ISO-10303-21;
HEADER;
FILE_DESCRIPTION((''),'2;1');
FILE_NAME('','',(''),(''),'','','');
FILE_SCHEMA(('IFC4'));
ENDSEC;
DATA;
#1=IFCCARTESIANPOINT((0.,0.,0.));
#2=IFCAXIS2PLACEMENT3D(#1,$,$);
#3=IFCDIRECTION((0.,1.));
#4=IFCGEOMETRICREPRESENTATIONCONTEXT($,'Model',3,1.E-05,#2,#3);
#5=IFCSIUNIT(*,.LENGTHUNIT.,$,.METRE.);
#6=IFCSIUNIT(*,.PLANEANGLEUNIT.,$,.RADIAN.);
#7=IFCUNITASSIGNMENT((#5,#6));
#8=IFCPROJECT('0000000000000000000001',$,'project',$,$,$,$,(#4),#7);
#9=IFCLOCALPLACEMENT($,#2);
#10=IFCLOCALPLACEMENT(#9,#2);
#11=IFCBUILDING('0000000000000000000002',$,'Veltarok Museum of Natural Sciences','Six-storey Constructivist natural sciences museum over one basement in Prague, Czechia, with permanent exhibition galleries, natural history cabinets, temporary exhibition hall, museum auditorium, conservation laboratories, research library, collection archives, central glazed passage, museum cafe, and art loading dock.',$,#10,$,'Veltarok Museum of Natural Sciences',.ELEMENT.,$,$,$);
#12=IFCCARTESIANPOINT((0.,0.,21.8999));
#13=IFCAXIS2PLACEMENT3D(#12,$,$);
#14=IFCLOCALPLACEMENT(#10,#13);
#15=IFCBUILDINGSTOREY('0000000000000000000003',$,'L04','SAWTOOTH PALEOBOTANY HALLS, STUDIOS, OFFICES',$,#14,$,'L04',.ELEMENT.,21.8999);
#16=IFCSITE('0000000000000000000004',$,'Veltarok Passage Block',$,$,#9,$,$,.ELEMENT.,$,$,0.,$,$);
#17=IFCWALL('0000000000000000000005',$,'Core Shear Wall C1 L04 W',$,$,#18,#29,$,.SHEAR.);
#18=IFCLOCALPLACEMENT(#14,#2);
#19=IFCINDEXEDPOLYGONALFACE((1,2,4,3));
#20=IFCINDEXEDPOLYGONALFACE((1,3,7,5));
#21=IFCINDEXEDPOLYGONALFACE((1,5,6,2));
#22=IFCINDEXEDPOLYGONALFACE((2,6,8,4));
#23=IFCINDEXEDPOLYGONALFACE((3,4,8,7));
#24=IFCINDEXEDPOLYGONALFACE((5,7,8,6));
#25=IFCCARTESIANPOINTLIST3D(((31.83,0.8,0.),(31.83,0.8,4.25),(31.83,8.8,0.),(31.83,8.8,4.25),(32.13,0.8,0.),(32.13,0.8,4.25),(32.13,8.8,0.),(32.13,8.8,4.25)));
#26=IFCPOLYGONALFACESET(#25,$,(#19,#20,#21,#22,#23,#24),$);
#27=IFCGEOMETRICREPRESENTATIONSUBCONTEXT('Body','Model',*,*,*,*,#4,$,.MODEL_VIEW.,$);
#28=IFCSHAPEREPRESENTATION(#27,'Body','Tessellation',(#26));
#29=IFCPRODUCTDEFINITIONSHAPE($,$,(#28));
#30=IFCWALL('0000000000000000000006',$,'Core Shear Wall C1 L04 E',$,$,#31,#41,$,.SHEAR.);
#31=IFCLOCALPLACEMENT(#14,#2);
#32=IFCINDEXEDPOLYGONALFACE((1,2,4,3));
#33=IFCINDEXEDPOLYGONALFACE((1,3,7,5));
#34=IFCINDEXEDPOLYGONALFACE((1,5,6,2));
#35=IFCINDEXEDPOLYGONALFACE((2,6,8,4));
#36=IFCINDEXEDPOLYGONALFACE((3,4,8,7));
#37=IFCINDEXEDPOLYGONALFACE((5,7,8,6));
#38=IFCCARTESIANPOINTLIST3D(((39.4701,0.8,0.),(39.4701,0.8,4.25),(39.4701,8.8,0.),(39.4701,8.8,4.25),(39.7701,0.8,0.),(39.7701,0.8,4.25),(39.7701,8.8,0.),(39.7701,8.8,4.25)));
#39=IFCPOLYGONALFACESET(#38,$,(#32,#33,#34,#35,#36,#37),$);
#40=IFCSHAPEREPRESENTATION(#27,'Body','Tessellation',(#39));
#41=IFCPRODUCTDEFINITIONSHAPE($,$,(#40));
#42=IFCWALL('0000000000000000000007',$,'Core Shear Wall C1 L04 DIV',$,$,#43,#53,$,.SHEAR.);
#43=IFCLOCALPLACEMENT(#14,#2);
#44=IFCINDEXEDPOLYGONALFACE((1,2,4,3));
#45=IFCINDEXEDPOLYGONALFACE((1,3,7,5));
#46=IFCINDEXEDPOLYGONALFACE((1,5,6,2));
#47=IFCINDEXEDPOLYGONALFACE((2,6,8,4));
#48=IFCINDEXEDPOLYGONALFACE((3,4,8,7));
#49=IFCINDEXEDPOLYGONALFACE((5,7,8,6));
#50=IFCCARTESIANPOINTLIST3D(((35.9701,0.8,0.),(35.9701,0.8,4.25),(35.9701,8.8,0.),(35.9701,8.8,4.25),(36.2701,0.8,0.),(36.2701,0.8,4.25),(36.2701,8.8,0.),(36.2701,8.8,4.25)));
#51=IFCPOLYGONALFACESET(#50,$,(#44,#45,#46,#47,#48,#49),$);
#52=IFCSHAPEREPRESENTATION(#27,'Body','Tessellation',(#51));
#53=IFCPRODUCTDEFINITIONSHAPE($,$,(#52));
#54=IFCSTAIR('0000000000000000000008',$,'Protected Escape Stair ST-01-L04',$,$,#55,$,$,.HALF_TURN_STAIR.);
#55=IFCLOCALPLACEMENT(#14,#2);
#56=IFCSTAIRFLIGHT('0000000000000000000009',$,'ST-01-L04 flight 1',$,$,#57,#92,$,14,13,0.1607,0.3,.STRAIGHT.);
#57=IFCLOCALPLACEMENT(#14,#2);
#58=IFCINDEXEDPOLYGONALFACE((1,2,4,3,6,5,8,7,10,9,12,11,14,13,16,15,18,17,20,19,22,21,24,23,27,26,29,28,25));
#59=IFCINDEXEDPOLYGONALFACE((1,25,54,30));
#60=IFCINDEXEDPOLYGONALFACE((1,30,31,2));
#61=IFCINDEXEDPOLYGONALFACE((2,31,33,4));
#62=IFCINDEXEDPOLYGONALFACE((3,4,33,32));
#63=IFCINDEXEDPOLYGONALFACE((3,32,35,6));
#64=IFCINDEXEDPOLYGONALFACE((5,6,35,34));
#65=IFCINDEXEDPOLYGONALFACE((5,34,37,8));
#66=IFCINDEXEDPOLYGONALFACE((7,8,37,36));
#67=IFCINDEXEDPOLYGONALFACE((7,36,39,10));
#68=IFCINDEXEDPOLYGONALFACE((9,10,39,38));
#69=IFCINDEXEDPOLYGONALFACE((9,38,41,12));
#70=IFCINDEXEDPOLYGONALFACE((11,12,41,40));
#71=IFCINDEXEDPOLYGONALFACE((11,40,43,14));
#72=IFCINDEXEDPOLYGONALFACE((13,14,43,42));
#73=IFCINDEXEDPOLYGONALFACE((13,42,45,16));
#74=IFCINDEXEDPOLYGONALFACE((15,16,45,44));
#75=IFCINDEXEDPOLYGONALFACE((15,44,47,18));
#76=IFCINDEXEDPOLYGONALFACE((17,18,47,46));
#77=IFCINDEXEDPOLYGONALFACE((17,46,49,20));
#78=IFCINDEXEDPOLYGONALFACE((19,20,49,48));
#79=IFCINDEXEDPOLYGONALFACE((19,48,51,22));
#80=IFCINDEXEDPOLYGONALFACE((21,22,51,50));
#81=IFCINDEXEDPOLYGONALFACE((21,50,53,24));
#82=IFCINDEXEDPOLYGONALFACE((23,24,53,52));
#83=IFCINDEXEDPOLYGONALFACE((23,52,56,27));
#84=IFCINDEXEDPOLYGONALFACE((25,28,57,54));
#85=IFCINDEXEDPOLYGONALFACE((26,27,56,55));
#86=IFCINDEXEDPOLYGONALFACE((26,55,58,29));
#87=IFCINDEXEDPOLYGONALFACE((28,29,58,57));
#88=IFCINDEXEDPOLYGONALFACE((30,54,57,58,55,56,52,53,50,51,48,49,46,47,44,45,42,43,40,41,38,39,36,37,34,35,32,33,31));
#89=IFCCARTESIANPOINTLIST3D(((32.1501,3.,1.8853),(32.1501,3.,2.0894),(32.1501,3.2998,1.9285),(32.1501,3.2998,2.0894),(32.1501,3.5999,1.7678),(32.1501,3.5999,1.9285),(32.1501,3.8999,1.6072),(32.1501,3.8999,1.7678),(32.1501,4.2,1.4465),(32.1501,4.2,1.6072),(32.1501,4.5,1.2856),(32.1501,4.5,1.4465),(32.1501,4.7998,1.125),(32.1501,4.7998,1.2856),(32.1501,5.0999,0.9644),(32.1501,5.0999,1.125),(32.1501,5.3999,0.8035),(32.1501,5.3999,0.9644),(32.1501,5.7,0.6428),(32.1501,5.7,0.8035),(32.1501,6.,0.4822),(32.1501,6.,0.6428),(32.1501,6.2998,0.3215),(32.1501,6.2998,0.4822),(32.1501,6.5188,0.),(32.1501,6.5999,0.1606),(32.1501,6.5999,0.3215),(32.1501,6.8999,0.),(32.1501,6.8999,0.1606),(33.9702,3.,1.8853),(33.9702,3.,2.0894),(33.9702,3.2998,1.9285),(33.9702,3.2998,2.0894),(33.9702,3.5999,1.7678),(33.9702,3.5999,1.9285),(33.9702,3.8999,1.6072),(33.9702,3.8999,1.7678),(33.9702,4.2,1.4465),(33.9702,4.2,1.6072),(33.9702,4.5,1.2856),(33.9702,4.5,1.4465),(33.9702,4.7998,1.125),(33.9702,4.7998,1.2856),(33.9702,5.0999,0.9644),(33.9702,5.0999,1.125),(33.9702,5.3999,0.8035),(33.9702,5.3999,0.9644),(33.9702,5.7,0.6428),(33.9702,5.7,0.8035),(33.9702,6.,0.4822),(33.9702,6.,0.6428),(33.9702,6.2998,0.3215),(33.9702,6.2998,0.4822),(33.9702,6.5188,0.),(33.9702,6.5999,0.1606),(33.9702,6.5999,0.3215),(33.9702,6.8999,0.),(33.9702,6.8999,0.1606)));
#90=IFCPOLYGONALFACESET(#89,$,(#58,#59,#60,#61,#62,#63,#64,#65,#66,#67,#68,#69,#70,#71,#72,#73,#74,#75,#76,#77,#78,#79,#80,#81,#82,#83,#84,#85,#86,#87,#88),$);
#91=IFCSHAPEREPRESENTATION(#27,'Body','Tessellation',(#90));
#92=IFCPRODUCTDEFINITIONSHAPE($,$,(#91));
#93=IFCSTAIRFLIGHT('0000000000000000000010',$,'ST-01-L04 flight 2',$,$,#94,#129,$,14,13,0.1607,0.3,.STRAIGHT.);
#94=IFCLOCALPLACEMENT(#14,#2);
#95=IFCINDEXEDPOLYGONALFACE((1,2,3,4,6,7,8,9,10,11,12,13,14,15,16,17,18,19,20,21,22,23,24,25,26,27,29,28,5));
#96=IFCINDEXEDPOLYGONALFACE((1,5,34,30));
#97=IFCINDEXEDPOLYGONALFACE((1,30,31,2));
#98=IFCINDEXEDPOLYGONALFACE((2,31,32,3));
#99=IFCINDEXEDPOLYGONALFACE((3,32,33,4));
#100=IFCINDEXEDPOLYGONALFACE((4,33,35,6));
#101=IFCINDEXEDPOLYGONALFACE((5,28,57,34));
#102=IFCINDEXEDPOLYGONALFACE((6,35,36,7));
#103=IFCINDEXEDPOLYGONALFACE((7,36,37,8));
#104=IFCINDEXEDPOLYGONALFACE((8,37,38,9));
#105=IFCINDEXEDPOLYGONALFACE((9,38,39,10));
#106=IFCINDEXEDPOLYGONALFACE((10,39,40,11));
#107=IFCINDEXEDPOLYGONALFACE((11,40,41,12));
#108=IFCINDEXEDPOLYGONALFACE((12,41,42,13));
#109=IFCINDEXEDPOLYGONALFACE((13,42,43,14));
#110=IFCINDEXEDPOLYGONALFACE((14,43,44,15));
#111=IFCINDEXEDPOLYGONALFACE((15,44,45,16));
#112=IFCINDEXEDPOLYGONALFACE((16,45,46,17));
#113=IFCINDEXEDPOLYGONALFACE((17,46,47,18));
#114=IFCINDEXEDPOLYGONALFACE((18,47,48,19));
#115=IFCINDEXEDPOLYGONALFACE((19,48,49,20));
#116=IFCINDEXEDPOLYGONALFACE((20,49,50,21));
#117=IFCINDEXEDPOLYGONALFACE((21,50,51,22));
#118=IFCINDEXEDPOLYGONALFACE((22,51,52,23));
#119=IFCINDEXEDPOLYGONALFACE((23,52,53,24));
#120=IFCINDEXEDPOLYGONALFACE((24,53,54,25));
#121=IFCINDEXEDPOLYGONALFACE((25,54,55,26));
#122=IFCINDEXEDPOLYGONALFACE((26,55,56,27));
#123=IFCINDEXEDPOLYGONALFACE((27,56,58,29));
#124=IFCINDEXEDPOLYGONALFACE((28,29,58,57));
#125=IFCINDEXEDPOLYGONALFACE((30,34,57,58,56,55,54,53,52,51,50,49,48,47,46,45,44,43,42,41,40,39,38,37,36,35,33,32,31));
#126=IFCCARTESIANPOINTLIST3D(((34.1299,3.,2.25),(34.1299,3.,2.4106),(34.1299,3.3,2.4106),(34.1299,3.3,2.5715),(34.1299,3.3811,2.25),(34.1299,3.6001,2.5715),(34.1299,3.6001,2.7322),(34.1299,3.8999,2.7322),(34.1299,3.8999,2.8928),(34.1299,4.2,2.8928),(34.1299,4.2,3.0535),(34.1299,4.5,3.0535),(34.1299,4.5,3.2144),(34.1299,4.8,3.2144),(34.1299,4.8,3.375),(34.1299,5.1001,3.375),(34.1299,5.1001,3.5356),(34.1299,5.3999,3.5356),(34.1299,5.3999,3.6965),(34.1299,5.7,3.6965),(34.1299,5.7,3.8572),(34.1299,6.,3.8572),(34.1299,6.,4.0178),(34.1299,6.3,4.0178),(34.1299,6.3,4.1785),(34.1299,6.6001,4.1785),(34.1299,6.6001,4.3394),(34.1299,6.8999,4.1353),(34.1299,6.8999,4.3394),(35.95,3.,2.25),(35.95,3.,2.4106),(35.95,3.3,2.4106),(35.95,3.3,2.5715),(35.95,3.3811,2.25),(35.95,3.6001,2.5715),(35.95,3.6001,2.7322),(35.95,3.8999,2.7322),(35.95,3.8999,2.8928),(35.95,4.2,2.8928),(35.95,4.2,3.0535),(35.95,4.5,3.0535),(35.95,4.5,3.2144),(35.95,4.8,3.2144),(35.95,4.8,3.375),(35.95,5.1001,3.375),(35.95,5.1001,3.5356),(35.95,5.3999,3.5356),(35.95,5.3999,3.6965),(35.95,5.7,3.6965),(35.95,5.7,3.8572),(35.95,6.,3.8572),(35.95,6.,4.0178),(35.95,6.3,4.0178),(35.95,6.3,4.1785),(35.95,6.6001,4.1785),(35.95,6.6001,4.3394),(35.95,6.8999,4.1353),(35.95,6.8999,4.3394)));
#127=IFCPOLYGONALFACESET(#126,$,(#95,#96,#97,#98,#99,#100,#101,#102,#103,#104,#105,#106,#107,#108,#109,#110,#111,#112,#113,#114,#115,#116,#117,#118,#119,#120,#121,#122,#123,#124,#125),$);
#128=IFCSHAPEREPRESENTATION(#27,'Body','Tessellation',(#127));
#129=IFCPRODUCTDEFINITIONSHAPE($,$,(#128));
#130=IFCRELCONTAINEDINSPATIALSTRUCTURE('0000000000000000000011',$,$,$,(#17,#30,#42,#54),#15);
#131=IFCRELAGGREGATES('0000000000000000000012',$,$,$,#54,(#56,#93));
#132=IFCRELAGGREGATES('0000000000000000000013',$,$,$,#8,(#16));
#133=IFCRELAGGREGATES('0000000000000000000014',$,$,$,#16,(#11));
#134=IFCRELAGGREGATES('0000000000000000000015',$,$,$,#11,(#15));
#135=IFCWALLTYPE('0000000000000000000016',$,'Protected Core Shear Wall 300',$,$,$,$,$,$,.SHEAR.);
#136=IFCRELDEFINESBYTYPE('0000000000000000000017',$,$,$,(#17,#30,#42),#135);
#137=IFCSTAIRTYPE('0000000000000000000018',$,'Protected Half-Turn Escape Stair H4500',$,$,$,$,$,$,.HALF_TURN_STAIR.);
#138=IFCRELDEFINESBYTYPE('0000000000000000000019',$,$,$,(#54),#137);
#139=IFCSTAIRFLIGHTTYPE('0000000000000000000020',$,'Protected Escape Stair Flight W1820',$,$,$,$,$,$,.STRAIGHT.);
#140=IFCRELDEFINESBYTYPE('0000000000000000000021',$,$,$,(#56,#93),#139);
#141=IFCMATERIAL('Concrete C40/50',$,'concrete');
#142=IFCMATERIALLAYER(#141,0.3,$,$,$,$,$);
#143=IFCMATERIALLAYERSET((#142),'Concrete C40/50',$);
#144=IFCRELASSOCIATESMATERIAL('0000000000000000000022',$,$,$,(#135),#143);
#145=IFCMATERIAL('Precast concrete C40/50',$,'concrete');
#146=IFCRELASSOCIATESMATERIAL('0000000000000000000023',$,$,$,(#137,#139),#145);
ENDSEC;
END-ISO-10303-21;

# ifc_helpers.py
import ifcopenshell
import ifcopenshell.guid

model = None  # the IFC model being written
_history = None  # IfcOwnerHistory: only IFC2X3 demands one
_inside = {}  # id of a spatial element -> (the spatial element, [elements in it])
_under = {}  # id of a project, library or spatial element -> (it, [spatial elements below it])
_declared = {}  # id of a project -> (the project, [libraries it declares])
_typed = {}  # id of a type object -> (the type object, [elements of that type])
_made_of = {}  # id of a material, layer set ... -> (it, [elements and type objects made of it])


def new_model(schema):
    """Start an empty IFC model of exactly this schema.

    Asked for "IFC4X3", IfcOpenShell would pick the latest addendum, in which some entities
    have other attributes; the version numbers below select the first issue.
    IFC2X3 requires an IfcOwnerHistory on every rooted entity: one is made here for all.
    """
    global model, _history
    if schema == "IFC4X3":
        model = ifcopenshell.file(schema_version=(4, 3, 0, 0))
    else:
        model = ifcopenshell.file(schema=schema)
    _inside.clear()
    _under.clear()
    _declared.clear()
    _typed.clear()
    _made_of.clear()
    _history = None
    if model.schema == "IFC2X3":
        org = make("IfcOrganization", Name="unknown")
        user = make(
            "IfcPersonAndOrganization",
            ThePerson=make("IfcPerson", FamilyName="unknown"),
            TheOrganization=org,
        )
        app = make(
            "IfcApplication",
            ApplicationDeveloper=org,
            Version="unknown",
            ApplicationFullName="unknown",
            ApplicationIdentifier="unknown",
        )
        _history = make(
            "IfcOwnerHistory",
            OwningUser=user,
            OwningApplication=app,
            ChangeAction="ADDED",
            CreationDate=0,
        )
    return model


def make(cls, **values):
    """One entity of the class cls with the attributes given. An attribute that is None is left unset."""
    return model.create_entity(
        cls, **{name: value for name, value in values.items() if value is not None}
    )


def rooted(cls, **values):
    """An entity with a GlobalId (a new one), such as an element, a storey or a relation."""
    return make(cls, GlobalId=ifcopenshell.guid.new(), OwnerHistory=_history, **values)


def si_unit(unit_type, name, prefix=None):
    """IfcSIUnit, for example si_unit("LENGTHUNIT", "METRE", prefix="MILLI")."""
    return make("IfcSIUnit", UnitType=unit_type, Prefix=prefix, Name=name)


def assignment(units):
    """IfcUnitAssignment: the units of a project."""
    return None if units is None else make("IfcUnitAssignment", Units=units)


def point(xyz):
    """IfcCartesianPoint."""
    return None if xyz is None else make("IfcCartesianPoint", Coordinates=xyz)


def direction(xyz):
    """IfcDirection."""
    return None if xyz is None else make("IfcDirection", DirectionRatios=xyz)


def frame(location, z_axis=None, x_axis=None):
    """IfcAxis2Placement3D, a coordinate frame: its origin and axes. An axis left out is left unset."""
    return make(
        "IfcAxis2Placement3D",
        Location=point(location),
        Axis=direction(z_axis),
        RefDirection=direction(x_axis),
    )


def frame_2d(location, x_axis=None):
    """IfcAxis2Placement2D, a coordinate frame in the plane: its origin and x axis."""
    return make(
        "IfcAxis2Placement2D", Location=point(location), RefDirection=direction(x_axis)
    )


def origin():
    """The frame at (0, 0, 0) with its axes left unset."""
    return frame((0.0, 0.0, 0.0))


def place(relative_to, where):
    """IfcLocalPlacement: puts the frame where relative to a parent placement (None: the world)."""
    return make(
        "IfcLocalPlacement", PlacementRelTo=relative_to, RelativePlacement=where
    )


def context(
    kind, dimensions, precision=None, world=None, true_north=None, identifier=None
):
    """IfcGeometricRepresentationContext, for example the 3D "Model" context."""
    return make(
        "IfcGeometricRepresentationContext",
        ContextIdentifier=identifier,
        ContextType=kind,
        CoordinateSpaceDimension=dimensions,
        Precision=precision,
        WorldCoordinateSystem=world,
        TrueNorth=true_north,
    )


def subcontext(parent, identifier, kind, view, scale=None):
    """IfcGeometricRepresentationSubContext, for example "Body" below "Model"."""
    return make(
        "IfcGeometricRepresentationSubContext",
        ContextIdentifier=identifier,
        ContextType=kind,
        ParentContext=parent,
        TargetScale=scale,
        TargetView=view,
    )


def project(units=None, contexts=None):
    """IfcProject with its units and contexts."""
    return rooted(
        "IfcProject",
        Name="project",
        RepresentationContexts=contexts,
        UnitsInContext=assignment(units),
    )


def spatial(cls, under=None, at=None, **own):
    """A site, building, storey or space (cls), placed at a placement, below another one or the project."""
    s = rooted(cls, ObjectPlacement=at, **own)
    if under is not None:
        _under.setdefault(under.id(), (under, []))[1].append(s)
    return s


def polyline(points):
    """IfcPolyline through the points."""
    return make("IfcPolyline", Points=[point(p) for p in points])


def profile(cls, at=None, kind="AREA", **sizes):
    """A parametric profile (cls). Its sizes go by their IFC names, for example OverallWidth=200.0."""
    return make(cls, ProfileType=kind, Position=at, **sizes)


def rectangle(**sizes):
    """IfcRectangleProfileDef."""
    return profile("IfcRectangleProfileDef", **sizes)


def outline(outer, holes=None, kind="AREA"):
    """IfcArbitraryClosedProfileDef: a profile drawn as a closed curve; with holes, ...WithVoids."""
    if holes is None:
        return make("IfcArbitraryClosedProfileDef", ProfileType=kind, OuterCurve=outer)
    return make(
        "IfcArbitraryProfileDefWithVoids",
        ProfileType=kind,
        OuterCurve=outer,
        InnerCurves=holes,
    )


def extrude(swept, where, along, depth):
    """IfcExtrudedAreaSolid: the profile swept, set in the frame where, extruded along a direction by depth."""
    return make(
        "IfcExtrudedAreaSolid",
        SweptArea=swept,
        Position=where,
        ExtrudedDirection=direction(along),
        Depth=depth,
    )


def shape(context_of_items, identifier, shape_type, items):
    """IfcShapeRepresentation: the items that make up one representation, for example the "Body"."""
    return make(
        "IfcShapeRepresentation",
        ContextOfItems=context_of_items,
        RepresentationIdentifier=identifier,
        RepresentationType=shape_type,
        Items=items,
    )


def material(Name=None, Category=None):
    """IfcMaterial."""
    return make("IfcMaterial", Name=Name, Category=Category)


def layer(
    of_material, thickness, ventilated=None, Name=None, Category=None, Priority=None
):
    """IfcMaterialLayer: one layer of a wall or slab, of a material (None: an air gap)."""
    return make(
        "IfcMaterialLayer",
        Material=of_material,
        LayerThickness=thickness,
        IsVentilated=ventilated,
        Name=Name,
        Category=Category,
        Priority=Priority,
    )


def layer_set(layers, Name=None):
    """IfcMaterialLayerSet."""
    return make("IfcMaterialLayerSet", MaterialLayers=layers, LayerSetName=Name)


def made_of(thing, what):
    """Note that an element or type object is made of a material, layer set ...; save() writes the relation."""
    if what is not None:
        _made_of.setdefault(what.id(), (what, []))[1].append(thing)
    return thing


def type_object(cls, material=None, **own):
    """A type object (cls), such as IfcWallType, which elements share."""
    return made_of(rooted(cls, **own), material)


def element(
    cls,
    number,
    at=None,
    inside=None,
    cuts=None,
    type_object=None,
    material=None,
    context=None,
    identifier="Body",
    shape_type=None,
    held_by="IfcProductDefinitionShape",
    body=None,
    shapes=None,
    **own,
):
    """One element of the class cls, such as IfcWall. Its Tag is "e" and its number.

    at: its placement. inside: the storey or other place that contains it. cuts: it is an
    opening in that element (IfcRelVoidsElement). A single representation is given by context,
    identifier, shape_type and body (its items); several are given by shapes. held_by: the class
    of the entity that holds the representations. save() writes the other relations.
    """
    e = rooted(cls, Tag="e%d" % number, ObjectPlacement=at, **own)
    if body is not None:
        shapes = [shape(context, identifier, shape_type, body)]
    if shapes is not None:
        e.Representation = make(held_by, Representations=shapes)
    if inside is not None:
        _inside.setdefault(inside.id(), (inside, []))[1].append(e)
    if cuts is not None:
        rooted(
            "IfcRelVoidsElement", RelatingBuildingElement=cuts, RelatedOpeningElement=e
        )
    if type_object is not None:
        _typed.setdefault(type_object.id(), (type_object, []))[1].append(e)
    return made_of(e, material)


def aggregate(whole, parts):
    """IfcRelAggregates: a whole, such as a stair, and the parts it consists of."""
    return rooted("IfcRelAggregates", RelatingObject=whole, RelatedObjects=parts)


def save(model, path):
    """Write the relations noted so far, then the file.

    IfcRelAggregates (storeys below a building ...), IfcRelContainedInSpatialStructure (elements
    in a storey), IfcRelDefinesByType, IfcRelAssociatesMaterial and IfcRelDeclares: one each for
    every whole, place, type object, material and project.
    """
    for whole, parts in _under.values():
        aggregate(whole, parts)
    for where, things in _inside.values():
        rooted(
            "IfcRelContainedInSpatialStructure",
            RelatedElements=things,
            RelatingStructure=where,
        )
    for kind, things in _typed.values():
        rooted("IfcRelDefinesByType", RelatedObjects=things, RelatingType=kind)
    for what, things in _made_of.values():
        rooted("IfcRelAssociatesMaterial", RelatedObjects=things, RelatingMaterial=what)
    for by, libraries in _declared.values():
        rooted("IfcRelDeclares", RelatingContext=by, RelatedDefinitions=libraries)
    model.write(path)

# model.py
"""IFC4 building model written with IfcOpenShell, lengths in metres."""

from ifc_helpers import new_model, si_unit, direction, frame, frame_2d, origin, place, context, subcontext, project, spatial, polyline, rectangle, outline, extrude, material, layer, layer_set, type_object, element, aggregate, save


model = new_model("IFC4")

# Units and contexts
model_context = context("Model", 3, precision=1e-05, world=origin(), true_north=direction((0.0, 1.0)))
body_context = subcontext(model_context, "Body", "Model", "MODEL_VIEW")
ifc_project = project(units=[si_unit("LENGTHUNIT", "METRE"), si_unit("PLANEANGLEUNIT", "RADIAN")], contexts=[model_context])

# Site, building, storey
site_placement = place(None, origin())
site = spatial("IfcSite", under=ifc_project, at=site_placement, Name="Veltarok Passage Block", CompositionType="ELEMENT", RefElevation=0.0)
building_placement = place(site_placement, origin())
building = spatial("IfcBuilding", under=site, at=building_placement, Name="Veltarok Museum of Natural Sciences", Description="Six-storey Constructivist natural sciences museum over one basement in Prague, Czechia, with permanent exhibition galleries, natural history cabinets, temporary exhibition hall, museum auditorium, conservation laboratories, research library, collection archives, central glazed passage, museum cafe, and art loading dock.", LongName="Veltarok Museum of Natural Sciences", CompositionType="ELEMENT")
storey_placement = place(building_placement, frame((0.0, 0.0, 21.8999)))
storey = spatial("IfcBuildingStorey", under=building, at=storey_placement, Name="L04", Description="SAWTOOTH PALEOBOTANY HALLS, STUDIOS, OFFICES", LongName="L04", CompositionType="ELEMENT", Elevation=21.8999)

# Shared definitions
ifc_material_1 = material(Name="Concrete C40/50", Category="concrete")

# Shared definitions
ifc_layer_1 = layer(ifc_material_1, 0.3)
ifc_layer_set_1 = layer_set([ifc_layer_1], Name="Concrete C40/50")
wall_type_1 = type_object("IfcWallType", Name="Protected Core Shear Wall 300", PredefinedType="SHEAR", material=ifc_layer_set_1)

# Walls
for number, where, z_axis, x_axis, name in (
    (1, (31.98, 8.8, 0.0), (0.0, 0.0, 1.0), (0.0, -1.0, 0.0), "Core Shear Wall C1 L04 W"),
    (2, (39.6201, 0.8, 0.0), (0.0, 0.0, 1.0), (0.0, 1.0, 0.0), "Core Shear Wall C1 L04 E"),
    (3, (36.1201, 0.8, 0.0), (0.0, 0.0, 1.0), (0.0, 1.0, 0.0), "Core Shear Wall C1 L04 DIV"),
):
    element("IfcWall", number, at=place(storey_placement, frame(where, z_axis=z_axis, x_axis=x_axis)), inside=storey, type_object=wall_type_1, Name=name, PredefinedType="SHEAR", context=body_context, shape_type="SweptSolid", body=[
        extrude(rectangle(XDim=8.0, YDim=0.3, at=frame_2d((4.0, 0.0))), origin(), (0.0, 0.0, 1.0), 4.25),
    ])

# Stair, stair flights
ifc_material_2 = material(Name="Precast concrete C40/50", Category="concrete")
stair_type = type_object("IfcStairType", Name="Protected Half-Turn Escape Stair H4500", PredefinedType="HALF_TURN_STAIR", material=ifc_material_2)
stair_placement = place(storey_placement, origin())
stair = element("IfcStair", 4, at=stair_placement, inside=storey, type_object=stair_type, Name="Protected Escape Stair ST-01-L04", PredefinedType="HALF_TURN_STAIR")
stair_flight_type = type_object("IfcStairFlightType", Name="Protected Escape Stair Flight W1820", PredefinedType="STRAIGHT", material=ifc_material_2)
stair_flight_1_placement = place(storey_placement, frame((33.0601, 6.8999, 0.0), z_axis=(0.0, 0.0, 1.0), x_axis=(0.0, -1.0, 0.0)))
stair_flight_1 = element("IfcStairFlight", 5, at=stair_flight_1_placement, type_object=stair_flight_type, Name="ST-01-L04 flight 1", NumberOfRisers=14, NumberOfTreads=13, PredefinedType="STRAIGHT", RiserHeight=0.1607, TreadLength=0.3, context=body_context, shape_type="SweptSolid", body=[
    extrude(outline(polyline([(0.0, 0.0), (0.0, 0.1606), (0.3, 0.1606), (0.3, 0.3215), (0.6001, 0.3215), (0.6001, 0.4822), (0.8999, 0.4822), (0.8999, 0.6428), (1.2, 0.6428), (1.2, 0.8035), (1.5, 0.8035), (1.5, 0.9644), (1.8, 0.9644), (1.8, 1.125), (2.1001, 1.125), (2.1001, 1.2856), (2.3999, 1.2856), (2.3999, 1.4465), (2.7, 1.4465), (2.7, 1.6072), (3.0, 1.6072), (3.0, 1.7678), (3.3, 1.7678), (3.3, 1.9285), (3.6001, 1.9285), (3.6001, 2.0894), (3.8999, 2.0894), (3.8999, 2.25), (3.8999, 1.8853), (0.3811, 0.0), (0.0, 0.0)])), frame((0.0, 0.9102, 0.0), z_axis=(0.0, -1.0, 0.0), x_axis=(1.0, 0.0, 0.0)), (0.0, 0.0, 1.0), 1.8201),
])
stair_flight_2_placement = place(storey_placement, frame((35.04, 3.0, 2.25), z_axis=(0.0, 0.0, 1.0), x_axis=(0.0, 1.0, 0.0)))
stair_flight_2 = element("IfcStairFlight", 6, at=stair_flight_2_placement, type_object=stair_flight_type, Name="ST-01-L04 flight 2", NumberOfRisers=14, NumberOfTreads=13, PredefinedType="STRAIGHT", RiserHeight=0.1607, TreadLength=0.3, context=body_context, shape_type="SweptSolid", body=[
    extrude(outline(polyline([(0.0, 0.0), (0.0, 0.1606), (0.3, 0.1606), (0.3, 0.3215), (0.6001, 0.3215), (0.6001, 0.4822), (0.8999, 0.4822), (0.8999, 0.6428), (1.2, 0.6428), (1.2, 0.8035), (1.5, 0.8035), (1.5, 0.9644), (1.8, 0.9644), (1.8, 1.125), (2.1001, 1.125), (2.1001, 1.2856), (2.3999, 1.2856), (2.3999, 1.4465), (2.7, 1.4465), (2.7, 1.6072), (3.0, 1.6072), (3.0, 1.7678), (3.3, 1.7678), (3.3, 1.9285), (3.6001, 1.9285), (3.6001, 2.0894), (3.8999, 2.0894), (3.8999, 2.25), (3.8999, 1.8853), (0.3811, 0.0), (0.0, 0.0)])), frame((0.0, 0.9102, 0.0), z_axis=(0.0, -1.0, 0.0), x_axis=(1.0, 0.0, 0.0)), (0.0, 0.0, 1.0), 1.8201),
])
aggregate(stair, [stair_flight_1, stair_flight_2])

save(model, "model.ifc")
